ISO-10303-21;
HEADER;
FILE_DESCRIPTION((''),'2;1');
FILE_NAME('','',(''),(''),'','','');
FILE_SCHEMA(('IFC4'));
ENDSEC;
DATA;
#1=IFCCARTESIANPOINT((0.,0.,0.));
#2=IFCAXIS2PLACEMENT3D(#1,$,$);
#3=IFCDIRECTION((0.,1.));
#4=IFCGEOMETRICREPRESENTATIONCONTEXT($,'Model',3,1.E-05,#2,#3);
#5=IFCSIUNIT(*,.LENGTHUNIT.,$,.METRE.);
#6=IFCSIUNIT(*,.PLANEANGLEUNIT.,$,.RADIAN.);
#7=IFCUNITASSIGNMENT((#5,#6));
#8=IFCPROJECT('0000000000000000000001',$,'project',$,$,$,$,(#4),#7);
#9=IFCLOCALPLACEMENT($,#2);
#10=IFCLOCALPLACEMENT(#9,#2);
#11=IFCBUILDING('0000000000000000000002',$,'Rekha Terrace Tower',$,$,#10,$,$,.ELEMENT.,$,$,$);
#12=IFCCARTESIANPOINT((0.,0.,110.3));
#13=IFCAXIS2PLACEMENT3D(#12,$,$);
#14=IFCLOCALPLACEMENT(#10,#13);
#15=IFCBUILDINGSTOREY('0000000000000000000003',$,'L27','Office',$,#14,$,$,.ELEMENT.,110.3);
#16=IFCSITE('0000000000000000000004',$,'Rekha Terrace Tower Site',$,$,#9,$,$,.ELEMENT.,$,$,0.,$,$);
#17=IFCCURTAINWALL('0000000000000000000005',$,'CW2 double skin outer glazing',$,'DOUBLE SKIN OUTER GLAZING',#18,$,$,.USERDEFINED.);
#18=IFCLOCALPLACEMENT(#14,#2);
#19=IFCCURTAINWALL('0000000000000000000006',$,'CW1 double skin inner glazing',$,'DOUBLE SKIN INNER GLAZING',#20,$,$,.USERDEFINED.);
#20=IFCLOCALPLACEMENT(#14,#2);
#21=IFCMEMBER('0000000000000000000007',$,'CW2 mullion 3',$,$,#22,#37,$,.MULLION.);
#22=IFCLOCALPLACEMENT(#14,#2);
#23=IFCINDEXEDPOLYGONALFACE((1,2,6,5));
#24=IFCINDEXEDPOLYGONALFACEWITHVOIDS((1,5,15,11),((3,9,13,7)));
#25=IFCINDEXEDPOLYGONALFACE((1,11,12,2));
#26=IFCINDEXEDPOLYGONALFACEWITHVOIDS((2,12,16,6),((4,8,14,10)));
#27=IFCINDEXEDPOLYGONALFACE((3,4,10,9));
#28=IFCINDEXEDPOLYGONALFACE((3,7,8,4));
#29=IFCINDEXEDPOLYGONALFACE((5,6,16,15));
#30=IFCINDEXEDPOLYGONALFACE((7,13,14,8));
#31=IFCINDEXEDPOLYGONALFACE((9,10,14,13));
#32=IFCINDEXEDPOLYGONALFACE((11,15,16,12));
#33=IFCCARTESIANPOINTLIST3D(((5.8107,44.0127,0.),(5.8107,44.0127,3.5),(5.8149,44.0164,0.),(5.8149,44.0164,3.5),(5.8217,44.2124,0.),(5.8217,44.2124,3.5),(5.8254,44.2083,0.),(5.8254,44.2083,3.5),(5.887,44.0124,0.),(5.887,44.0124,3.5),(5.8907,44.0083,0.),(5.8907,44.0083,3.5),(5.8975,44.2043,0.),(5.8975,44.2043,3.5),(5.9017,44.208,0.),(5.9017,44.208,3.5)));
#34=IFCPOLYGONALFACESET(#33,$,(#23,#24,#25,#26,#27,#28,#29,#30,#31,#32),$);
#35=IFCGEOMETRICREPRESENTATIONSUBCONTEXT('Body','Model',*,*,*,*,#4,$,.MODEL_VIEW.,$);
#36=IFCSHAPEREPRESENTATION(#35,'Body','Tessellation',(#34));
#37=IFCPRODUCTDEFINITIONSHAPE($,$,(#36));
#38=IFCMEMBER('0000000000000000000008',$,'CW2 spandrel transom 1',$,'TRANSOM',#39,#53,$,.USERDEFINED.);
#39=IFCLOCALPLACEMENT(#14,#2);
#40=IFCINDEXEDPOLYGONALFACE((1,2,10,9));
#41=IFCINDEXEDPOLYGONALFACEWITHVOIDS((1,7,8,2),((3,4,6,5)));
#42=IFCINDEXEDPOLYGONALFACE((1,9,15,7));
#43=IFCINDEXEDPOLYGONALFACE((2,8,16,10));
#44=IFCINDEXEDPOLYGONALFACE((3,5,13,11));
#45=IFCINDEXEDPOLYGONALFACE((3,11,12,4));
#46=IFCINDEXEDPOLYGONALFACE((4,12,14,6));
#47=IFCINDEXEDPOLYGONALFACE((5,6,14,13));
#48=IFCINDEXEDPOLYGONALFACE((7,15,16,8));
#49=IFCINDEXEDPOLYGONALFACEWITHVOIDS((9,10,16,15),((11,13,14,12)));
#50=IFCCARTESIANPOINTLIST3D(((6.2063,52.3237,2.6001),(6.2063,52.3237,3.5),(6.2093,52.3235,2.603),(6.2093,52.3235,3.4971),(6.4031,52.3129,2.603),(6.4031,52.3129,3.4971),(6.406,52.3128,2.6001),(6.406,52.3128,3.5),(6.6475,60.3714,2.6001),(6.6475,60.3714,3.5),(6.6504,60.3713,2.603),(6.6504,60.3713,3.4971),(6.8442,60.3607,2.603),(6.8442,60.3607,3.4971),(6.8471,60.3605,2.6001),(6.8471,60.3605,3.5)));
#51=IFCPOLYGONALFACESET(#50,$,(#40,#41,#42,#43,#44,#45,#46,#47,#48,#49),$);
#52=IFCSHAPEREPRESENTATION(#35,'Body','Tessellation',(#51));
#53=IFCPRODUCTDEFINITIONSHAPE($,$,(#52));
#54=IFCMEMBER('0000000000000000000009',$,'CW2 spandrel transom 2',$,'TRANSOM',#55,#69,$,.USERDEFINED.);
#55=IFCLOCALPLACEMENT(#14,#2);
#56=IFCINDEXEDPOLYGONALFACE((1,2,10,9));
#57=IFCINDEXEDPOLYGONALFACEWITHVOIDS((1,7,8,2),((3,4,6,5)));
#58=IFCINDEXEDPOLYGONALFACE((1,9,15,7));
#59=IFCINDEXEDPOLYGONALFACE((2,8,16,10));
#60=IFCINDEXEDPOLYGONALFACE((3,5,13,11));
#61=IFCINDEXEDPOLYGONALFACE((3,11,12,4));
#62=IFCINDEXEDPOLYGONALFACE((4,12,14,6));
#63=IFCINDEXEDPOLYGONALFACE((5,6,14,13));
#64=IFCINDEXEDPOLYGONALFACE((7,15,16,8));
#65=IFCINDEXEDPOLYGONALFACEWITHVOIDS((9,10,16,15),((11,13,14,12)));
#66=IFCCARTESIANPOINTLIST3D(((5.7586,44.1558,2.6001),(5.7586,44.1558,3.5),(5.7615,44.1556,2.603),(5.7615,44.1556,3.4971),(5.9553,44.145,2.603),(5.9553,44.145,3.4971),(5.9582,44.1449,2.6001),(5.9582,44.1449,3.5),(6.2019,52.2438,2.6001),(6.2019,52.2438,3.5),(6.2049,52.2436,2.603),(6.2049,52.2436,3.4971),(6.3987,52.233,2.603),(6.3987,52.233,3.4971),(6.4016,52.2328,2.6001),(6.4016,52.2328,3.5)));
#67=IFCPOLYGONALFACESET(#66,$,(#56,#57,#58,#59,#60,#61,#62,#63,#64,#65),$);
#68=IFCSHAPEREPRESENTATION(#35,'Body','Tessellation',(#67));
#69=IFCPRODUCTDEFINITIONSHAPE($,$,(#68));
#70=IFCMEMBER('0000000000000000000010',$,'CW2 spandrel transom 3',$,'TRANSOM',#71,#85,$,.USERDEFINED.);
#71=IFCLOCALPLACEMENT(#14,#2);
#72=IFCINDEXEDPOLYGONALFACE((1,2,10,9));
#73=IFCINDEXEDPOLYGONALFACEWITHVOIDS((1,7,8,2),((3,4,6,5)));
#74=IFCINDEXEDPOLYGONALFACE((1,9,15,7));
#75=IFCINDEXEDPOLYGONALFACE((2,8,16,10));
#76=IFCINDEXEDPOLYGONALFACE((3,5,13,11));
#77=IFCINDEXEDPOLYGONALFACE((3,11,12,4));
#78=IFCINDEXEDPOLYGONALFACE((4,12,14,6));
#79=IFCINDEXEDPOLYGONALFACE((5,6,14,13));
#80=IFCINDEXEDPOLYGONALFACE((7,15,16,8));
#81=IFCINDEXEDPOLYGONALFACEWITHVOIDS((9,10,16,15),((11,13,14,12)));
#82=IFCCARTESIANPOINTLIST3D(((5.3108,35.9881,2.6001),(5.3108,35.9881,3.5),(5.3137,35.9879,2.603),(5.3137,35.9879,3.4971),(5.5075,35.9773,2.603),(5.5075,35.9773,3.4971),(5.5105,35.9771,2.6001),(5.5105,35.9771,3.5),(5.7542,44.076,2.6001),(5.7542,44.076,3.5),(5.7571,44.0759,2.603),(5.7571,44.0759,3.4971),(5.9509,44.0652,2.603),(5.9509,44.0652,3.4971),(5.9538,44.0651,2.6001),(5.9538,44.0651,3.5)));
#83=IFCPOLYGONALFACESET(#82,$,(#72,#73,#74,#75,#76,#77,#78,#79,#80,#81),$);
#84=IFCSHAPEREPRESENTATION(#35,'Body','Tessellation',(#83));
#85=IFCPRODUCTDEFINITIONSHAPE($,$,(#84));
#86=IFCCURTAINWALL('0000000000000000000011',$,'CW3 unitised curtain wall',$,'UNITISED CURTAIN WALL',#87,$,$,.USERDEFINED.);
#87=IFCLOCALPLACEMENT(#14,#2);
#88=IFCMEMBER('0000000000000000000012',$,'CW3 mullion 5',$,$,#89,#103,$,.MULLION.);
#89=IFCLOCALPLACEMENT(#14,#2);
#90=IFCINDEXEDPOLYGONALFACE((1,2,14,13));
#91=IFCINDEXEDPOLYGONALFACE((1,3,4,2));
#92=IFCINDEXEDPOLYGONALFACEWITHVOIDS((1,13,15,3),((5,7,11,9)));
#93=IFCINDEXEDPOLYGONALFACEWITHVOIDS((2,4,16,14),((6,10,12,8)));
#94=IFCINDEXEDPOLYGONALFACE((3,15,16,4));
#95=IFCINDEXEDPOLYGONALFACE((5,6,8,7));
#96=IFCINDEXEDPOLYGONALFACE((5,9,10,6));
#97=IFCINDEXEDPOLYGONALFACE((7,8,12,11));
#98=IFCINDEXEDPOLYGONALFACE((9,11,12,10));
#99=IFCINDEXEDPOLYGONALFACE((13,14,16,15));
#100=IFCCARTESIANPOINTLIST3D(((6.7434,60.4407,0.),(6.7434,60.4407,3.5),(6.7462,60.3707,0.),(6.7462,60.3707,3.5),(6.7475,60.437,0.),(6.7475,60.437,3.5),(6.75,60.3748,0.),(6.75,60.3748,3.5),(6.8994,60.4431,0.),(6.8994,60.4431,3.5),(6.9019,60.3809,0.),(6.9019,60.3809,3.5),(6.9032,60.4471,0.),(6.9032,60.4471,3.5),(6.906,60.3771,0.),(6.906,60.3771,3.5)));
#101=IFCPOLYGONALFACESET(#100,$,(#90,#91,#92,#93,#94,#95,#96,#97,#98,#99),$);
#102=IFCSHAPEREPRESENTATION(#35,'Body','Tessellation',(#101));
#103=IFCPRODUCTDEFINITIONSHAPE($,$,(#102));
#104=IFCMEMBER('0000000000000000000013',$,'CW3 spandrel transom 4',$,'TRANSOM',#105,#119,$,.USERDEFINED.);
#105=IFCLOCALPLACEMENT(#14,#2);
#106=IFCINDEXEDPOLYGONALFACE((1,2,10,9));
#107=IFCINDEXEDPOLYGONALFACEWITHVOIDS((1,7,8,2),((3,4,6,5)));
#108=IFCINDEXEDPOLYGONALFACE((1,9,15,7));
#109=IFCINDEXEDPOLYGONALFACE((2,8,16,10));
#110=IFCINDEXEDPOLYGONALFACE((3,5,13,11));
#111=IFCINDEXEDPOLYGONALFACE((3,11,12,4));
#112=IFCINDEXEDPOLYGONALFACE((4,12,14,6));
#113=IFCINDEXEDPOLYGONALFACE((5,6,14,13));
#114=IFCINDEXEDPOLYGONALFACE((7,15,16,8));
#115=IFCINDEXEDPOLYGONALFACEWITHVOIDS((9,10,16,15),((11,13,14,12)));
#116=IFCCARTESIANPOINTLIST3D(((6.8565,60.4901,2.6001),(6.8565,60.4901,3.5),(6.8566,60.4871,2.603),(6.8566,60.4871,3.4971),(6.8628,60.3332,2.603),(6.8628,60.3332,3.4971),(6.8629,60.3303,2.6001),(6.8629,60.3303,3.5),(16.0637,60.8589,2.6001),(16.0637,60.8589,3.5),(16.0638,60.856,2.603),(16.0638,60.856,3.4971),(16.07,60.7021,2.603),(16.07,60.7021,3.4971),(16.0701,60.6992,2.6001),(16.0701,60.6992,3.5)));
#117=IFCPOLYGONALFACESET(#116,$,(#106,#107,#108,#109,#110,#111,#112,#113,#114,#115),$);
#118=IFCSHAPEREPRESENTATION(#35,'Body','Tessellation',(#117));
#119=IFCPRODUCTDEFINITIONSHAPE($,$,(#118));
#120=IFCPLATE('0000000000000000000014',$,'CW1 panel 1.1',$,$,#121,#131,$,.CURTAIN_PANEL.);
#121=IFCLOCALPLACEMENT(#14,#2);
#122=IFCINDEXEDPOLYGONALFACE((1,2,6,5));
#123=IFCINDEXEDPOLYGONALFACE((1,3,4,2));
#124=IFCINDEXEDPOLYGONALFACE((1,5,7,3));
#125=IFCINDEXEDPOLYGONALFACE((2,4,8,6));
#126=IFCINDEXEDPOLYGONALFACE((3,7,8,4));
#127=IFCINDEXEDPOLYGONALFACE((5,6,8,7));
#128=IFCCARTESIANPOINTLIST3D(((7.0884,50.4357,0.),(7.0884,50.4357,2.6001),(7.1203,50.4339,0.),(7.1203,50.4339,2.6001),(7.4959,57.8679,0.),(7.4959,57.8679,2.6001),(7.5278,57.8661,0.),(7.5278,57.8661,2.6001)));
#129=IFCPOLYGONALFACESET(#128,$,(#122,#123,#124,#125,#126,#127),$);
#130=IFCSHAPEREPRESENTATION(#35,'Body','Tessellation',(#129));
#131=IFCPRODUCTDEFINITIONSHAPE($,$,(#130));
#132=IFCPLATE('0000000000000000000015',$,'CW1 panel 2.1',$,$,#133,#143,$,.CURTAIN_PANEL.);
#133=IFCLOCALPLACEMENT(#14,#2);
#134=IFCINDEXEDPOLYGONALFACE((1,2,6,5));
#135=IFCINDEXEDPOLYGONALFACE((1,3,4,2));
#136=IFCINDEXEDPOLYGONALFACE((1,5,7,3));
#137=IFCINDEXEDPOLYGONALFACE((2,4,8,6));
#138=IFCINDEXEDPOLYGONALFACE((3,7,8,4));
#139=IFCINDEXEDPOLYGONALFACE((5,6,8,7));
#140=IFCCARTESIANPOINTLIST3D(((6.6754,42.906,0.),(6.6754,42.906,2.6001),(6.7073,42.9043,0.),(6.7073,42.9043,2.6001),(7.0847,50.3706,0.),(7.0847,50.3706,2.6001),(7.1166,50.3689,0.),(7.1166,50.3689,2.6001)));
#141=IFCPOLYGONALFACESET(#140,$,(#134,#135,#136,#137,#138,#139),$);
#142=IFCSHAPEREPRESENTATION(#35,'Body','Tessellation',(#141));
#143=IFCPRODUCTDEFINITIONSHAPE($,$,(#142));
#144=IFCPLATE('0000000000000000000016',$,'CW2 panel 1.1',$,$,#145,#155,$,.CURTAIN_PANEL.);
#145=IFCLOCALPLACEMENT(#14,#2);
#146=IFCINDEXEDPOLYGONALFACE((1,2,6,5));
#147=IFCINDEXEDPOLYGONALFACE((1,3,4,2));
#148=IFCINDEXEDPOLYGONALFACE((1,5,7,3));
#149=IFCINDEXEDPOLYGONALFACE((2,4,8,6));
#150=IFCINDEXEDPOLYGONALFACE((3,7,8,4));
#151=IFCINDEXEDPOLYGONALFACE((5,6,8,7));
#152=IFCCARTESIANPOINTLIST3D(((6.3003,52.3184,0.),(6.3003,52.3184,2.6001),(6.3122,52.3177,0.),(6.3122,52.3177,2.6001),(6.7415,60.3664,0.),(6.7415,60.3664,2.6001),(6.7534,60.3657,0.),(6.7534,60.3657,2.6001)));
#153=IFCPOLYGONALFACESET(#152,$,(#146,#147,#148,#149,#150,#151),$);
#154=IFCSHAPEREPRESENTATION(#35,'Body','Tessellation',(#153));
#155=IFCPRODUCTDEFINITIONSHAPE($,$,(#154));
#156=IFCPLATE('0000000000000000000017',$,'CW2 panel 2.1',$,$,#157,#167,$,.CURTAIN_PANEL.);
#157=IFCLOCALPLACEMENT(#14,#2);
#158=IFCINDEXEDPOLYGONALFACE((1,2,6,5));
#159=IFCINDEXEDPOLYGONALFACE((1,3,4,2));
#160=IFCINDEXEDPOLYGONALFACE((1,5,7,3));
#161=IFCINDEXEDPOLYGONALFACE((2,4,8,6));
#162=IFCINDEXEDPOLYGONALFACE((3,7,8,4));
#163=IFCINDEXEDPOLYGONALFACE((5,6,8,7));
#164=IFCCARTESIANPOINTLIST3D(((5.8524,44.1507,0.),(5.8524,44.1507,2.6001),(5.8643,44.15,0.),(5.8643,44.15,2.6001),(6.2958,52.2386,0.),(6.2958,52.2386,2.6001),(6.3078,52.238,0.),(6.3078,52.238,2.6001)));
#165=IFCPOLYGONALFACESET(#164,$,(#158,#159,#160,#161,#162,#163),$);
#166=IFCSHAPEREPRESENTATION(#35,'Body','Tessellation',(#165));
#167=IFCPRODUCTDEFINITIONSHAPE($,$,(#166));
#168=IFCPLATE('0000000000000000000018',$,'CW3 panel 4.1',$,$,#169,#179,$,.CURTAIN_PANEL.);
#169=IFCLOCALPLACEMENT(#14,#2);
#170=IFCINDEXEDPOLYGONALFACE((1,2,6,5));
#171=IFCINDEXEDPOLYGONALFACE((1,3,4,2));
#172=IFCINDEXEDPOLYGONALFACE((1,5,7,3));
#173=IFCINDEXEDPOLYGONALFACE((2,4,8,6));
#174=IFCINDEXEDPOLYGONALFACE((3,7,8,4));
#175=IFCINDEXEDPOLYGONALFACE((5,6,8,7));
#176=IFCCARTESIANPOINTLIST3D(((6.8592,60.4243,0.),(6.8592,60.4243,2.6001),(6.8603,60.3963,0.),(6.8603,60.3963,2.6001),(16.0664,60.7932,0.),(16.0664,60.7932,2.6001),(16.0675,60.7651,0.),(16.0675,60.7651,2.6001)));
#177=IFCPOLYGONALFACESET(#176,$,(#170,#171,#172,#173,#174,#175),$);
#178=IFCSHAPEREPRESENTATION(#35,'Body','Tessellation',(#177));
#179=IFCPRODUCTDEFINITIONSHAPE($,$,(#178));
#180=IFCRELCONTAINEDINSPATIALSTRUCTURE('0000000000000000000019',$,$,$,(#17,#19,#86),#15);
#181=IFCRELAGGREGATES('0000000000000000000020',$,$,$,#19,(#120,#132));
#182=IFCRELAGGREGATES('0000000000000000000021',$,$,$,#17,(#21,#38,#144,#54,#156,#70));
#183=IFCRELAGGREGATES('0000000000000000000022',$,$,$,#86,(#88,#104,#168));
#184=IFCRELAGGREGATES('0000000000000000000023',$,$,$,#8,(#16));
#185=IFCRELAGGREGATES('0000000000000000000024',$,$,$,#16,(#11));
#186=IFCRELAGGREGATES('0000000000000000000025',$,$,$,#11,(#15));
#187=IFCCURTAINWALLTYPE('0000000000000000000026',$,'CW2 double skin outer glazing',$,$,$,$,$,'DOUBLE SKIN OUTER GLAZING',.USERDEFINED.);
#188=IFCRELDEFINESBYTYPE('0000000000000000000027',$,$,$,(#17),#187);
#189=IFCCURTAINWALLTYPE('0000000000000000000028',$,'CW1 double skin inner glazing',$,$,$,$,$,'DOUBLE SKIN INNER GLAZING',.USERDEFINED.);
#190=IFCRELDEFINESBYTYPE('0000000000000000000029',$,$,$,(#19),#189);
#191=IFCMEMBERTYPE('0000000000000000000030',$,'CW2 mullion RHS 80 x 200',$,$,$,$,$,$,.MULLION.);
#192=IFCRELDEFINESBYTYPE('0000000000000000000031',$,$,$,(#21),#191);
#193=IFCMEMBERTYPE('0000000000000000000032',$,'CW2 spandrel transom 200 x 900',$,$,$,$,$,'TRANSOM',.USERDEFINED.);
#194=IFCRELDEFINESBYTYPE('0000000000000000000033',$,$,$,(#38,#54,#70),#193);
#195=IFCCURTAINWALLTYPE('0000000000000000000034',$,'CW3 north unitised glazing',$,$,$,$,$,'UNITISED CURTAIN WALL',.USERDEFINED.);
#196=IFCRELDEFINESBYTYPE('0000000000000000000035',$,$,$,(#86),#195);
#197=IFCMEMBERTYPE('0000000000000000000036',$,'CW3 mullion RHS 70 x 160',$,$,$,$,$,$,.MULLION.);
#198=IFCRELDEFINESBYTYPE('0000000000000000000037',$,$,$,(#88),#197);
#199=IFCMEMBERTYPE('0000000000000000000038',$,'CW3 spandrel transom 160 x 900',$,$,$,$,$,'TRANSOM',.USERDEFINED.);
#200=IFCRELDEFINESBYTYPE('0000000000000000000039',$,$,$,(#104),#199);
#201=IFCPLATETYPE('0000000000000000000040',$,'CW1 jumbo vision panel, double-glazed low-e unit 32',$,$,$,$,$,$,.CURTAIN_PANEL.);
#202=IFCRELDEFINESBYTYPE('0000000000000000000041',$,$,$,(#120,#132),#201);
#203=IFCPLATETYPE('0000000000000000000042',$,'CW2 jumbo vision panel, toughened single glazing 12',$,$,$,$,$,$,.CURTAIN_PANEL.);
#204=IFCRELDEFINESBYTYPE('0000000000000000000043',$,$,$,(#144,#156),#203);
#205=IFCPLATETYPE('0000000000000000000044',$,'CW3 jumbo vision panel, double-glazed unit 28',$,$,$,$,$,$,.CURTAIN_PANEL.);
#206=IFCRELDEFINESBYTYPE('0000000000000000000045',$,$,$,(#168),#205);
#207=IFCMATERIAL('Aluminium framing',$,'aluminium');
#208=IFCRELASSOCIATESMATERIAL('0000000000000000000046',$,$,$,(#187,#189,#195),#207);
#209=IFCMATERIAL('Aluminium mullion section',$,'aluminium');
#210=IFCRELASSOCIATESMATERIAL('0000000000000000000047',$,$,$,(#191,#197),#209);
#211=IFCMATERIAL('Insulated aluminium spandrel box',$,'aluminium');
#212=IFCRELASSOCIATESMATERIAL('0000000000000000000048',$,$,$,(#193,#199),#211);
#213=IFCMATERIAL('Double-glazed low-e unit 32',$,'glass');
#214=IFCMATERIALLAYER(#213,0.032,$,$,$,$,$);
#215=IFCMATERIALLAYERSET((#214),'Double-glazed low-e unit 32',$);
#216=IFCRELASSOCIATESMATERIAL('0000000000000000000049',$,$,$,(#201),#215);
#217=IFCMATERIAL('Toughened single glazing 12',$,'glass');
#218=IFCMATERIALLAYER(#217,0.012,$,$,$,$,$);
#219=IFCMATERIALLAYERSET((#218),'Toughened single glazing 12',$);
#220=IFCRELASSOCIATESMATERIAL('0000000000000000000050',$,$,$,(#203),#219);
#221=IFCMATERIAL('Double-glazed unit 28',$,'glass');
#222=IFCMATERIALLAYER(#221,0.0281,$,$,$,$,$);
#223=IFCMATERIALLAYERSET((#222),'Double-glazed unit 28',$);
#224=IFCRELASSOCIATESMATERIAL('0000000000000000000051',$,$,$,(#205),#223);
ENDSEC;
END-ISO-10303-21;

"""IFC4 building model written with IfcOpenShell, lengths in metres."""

from ifc_helpers import new_model, si_unit, direction, frame, origin, origin_2d, place, context, subcontext, project, spatial, rectangle, hollow_rectangle, extrude, material, layer, layer_set, material_profile, profile_set, type_object, element, aggregate, save


model = new_model("IFC4")

# Units and contexts
model_context = context("Model", 3, precision=1e-05, world=origin(), true_north=direction((0.0, 1.0)))
body_context = subcontext(model_context, "Body", "Model", "MODEL_VIEW")
ifc_project = project(units=[si_unit("LENGTHUNIT", "METRE"), si_unit("PLANEANGLEUNIT", "RADIAN")], contexts=[model_context])

# Site, building, storey
site_placement = place(None, origin())
site = spatial("IfcSite", under=ifc_project, at=site_placement, Name="Rekha Terrace Tower Site", CompositionType="ELEMENT", RefElevation=0.0)
building_placement = place(site_placement, origin())
building = spatial("IfcBuilding", under=site, at=building_placement, Name="Rekha Terrace Tower", CompositionType="ELEMENT")
storey_placement = place(building_placement, frame((0.0, 0.0, 110.3)))
storey = spatial("IfcBuildingStorey", under=building, at=storey_placement, Name="L27", Description="Office", CompositionType="ELEMENT", Elevation=110.3)

# Curtain walls
ifc_material_1 = material(Name="Aluminium framing", Category="aluminium")
curtain_wall_type_1 = type_object("IfcCurtainWallType", Name="CW2 double skin outer glazing", ElementType="DOUBLE SKIN OUTER GLAZING", PredefinedType="USERDEFINED", material=ifc_material_1)
curtain_wall_1_placement = place(storey_placement, origin())
curtain_wall_1 = element("IfcCurtainWall", 1, at=curtain_wall_1_placement, inside=storey, type_object=curtain_wall_type_1, Name="CW2 double skin outer glazing", ObjectType="DOUBLE SKIN OUTER GLAZING", PredefinedType="USERDEFINED")
curtain_wall_type_2 = type_object("IfcCurtainWallType", Name="CW1 double skin inner glazing", ElementType="DOUBLE SKIN INNER GLAZING", PredefinedType="USERDEFINED", material=ifc_material_1)
curtain_wall_2_placement = place(storey_placement, origin())
curtain_wall_2 = element("IfcCurtainWall", 2, at=curtain_wall_2_placement, inside=storey, type_object=curtain_wall_type_2, Name="CW1 double skin inner glazing", ObjectType="DOUBLE SKIN INNER GLAZING", PredefinedType="USERDEFINED")
ifc_material_2 = material(Name="Aluminium mullion section", Category="aluminium")
ifc_material_3 = material(Name="Insulated aluminium spandrel box", Category="aluminium")

# Members
ifc_material_profile_1 = material_profile(ifc_material_2, hollow_rectangle(XDim=0.0801, YDim=0.2, WallThickness=0.0039, at=origin_2d()), Name="AL RHS 80x200")
ifc_profile_set_1 = profile_set([ifc_material_profile_1], Name="Aluminium mullion section")
member_type_1 = type_object("IfcMemberType", Name="CW2 mullion RHS 80 x 200", PredefinedType="MULLION", material=ifc_profile_set_1)
member_1_placement = place(storey_placement, frame((5.8562, 44.1104, 0.0), z_axis=(0.0, 0.0, 1.0), x_axis=(0.998501, -0.054742, 0.0)))
member_1 = element("IfcMember", 3, at=member_1_placement, type_object=member_type_1, Name="CW2 mullion 3", PredefinedType="MULLION", context=body_context, shape_type="SweptSolid", body=[
    extrude(hollow_rectangle(XDim=0.0801, YDim=0.2, WallThickness=0.0039, at=origin_2d()), origin(), (0.0, 0.0, 1.0), 3.5),
])
ifc_material_profile_2 = material_profile(ifc_material_3, hollow_rectangle(XDim=0.2, YDim=0.8999, WallThickness=0.0029, at=origin_2d()), Name="AL SPANDREL BOX 200x900")
ifc_profile_set_2 = profile_set([ifc_material_profile_2], Name="Insulated aluminium spandrel box")
member_type_2 = type_object("IfcMemberType", Name="CW2 spandrel transom 200 x 900", ElementType="TRANSOM", PredefinedType="USERDEFINED", material=ifc_profile_set_2)
member_2_placement = place(storey_placement, frame((6.7473, 60.366, 3.05), z_axis=(-0.054735, -0.998501, 0.0), x_axis=(0.998501, -0.054735, 0.0)))
member_2 = element("IfcMember", 4, at=member_2_placement, type_object=member_type_2, Name="CW2 spandrel transom 1", ObjectType="TRANSOM", PredefinedType="USERDEFINED", context=body_context, shape_type="SweptSolid", body=[
    extrude(hollow_rectangle(XDim=0.2, YDim=0.8999, WallThickness=0.0029, at=origin_2d()), origin(), (0.0, 0.0, 1.0), 8.0598),
])
member_3_placement = place(storey_placement, frame((6.3018, 52.2383, 3.05), z_axis=(-0.054735, -0.998501, 0.0), x_axis=(0.998501, -0.054735, 0.0)))
member_3 = element("IfcMember", 5, at=member_3_placement, type_object=member_type_2, Name="CW2 spandrel transom 2", ObjectType="TRANSOM", PredefinedType="USERDEFINED", context=body_context, shape_type="SweptSolid", body=[
    extrude(hollow_rectangle(XDim=0.2, YDim=0.8999, WallThickness=0.0029, at=origin_2d()), origin(), (0.0, 0.0, 1.0), 8.1001),
])
member_4_placement = place(storey_placement, frame((5.854, 44.0706, 3.05), z_axis=(-0.054735, -0.998501, 0.0), x_axis=(0.998501, -0.054735, 0.0)))
member_4 = element("IfcMember", 6, at=member_4_placement, type_object=member_type_2, Name="CW2 spandrel transom 3", ObjectType="TRANSOM", PredefinedType="USERDEFINED", context=body_context, shape_type="SweptSolid", body=[
    extrude(hollow_rectangle(XDim=0.2, YDim=0.8999, WallThickness=0.0029, at=origin_2d()), origin(), (0.0, 0.0, 1.0), 8.1001),
])

# Curtain wall, members
curtain_wall_type_3 = type_object("IfcCurtainWallType", Name="CW3 north unitised glazing", ElementType="UNITISED CURTAIN WALL", PredefinedType="USERDEFINED", material=ifc_material_1)
curtain_wall_3_placement = place(storey_placement, origin())
curtain_wall_3 = element("IfcCurtainWall", 7, at=curtain_wall_3_placement, inside=storey, type_object=curtain_wall_type_3, Name="CW3 unitised curtain wall", ObjectType="UNITISED CURTAIN WALL", PredefinedType="USERDEFINED")
ifc_material_profile_3 = material_profile(ifc_material_2, hollow_rectangle(XDim=0.0701, YDim=0.1599, WallThickness=0.0039, at=origin_2d()), Name="AL RHS 70x160")
ifc_profile_set_3 = profile_set([ifc_material_profile_3], Name="Aluminium mullion section")
member_type_3 = type_object("IfcMemberType", Name="CW3 mullion RHS 70 x 160", PredefinedType="MULLION", material=ifc_profile_set_3)
member_5_placement = place(storey_placement, frame((6.8247, 60.4089, 0.0), z_axis=(0.0, 0.0, 1.0), x_axis=(0.040032, -0.999198, 0.0)))
member_5 = element("IfcMember", 8, at=member_5_placement, type_object=member_type_3, Name="CW3 mullion 5", PredefinedType="MULLION", context=body_context, shape_type="SweptSolid", body=[
    extrude(hollow_rectangle(XDim=0.0701, YDim=0.1599, WallThickness=0.0039, at=origin_2d()), origin(), (0.0, 0.0, 1.0), 3.5),
])
ifc_material_profile_4 = material_profile(ifc_material_3, hollow_rectangle(XDim=0.1599, YDim=0.8999, WallThickness=0.0029, at=origin_2d()), Name="AL SPANDREL BOX 160x900")
ifc_profile_set_4 = profile_set([ifc_material_profile_4], Name="Insulated aluminium spandrel box")
member_type_4 = type_object("IfcMemberType", Name="CW3 spandrel transom 160 x 900", ElementType="TRANSOM", PredefinedType="USERDEFINED", material=ifc_profile_set_4)
member_6_placement = place(storey_placement, frame((16.0669, 60.7791, 3.05), z_axis=(-0.999198, -0.040034, 0.0), x_axis=(0.040034, -0.999198, 0.0)))
member_6 = element("IfcMember", 9, at=member_6_placement, type_object=member_type_4, Name="CW3 spandrel transom 4", ObjectType="TRANSOM", PredefinedType="USERDEFINED", context=body_context, shape_type="SweptSolid", body=[
    extrude(hollow_rectangle(XDim=0.1599, YDim=0.8999, WallThickness=0.0029, at=origin_2d()), origin(), (0.0, 0.0, 1.0), 9.2146),
])

# Plates
ifc_material_4 = material(Name="Double-glazed low-e unit 32", Category="glass")
ifc_layer_1 = layer(ifc_material_4, 0.032)
ifc_layer_set_1 = layer_set([ifc_layer_1], Name="Double-glazed low-e unit 32")
plate_type_1 = type_object("IfcPlateType", Name="CW1 jumbo vision panel, double-glazed low-e unit 32", PredefinedType="CURTAIN_PANEL", material=ifc_layer_set_1)
plate_1_placement = place(storey_placement, frame((7.3081, 54.1509, 0.0), z_axis=(0.0, 0.0, 1.0), x_axis=(-0.054742, -0.998501, 0.0)))
plate_1 = element("IfcPlate", 10, at=plate_1_placement, type_object=plate_type_1, Name="CW1 panel 1.1", PredefinedType="CURTAIN_PANEL", context=body_context, shape_type="SweptSolid", body=[
    extrude(rectangle(XDim=7.4434, YDim=0.032, at=origin_2d()), origin(), (0.0, 0.0, 1.0), 2.6001),
])
plate_2_placement = place(storey_placement, frame((6.896, 46.6375, 0.0), z_axis=(0.0, 0.0, 1.0), x_axis=(-0.054742, -0.998501, 0.0)))
plate_2 = element("IfcPlate", 11, at=plate_2_placement, type_object=plate_type_1, Name="CW1 panel 2.1", PredefinedType="CURTAIN_PANEL", context=body_context, shape_type="SweptSolid", body=[
    extrude(rectangle(XDim=7.4758, YDim=0.032, at=origin_2d()), origin(), (0.0, 0.0, 1.0), 2.6001),
])
aggregate(curtain_wall_2, [plate_1, plate_2])
ifc_material_5 = material(Name="Toughened single glazing 12", Category="glass")
ifc_layer_2 = layer(ifc_material_5, 0.012)
ifc_layer_set_2 = layer_set([ifc_layer_2], Name="Toughened single glazing 12")
plate_type_2 = type_object("IfcPlateType", Name="CW2 jumbo vision panel, toughened single glazing 12", PredefinedType="CURTAIN_PANEL", material=ifc_layer_set_2)
plate_3_placement = place(storey_placement, frame((6.5269, 56.342, 0.0), z_axis=(0.0, 0.0, 1.0), x_axis=(-0.054742, -0.998501, 0.0)))
plate_3 = element("IfcPlate", 12, at=plate_3_placement, type_object=plate_type_2, Name="CW2 panel 1.1", PredefinedType="CURTAIN_PANEL", context=body_context, shape_type="SweptSolid", body=[
    extrude(rectangle(XDim=8.0601, YDim=0.012, at=origin_2d()), origin(), (0.0, 0.0, 1.0), 2.6001),
])
plate_4_placement = place(storey_placement, frame((6.0801, 48.1943, 0.0), z_axis=(0.0, 0.0, 1.0), x_axis=(-0.054742, -0.998501, 0.0)))
plate_4 = element("IfcPlate", 13, at=plate_4_placement, type_object=plate_type_2, Name="CW2 panel 2.1", PredefinedType="CURTAIN_PANEL", context=body_context, shape_type="SweptSolid", body=[
    extrude(rectangle(XDim=8.1001, YDim=0.012, at=origin_2d()), origin(), (0.0, 0.0, 1.0), 2.6001),
])
aggregate(curtain_wall_1, [member_1, member_2, plate_3, member_3, plate_4, member_4])
ifc_material_6 = material(Name="Double-glazed unit 28", Category="glass")
ifc_layer_3 = layer(ifc_material_6, 0.0281)
ifc_layer_set_3 = layer_set([ifc_layer_3], Name="Double-glazed unit 28")
plate_type_3 = type_object("IfcPlateType", Name="CW3 jumbo vision panel, double-glazed unit 28", PredefinedType="CURTAIN_PANEL", material=ifc_layer_set_3)
plate_5_placement = place(storey_placement, frame((11.4634, 60.5947, 0.0), z_axis=(0.0, 0.0, 1.0), x_axis=(-0.999198, -0.040032, 0.0)))
plate_5 = element("IfcPlate", 14, at=plate_5_placement, type_object=plate_type_3, Name="CW3 panel 4.1", PredefinedType="CURTAIN_PANEL", context=body_context, shape_type="SweptSolid", body=[
    extrude(rectangle(XDim=9.2146, YDim=0.0281, at=origin_2d()), origin(), (0.0, 0.0, 1.0), 2.6001),
])
aggregate(curtain_wall_3, [member_5, member_6, plate_5])

save(model, "model.ifc")
